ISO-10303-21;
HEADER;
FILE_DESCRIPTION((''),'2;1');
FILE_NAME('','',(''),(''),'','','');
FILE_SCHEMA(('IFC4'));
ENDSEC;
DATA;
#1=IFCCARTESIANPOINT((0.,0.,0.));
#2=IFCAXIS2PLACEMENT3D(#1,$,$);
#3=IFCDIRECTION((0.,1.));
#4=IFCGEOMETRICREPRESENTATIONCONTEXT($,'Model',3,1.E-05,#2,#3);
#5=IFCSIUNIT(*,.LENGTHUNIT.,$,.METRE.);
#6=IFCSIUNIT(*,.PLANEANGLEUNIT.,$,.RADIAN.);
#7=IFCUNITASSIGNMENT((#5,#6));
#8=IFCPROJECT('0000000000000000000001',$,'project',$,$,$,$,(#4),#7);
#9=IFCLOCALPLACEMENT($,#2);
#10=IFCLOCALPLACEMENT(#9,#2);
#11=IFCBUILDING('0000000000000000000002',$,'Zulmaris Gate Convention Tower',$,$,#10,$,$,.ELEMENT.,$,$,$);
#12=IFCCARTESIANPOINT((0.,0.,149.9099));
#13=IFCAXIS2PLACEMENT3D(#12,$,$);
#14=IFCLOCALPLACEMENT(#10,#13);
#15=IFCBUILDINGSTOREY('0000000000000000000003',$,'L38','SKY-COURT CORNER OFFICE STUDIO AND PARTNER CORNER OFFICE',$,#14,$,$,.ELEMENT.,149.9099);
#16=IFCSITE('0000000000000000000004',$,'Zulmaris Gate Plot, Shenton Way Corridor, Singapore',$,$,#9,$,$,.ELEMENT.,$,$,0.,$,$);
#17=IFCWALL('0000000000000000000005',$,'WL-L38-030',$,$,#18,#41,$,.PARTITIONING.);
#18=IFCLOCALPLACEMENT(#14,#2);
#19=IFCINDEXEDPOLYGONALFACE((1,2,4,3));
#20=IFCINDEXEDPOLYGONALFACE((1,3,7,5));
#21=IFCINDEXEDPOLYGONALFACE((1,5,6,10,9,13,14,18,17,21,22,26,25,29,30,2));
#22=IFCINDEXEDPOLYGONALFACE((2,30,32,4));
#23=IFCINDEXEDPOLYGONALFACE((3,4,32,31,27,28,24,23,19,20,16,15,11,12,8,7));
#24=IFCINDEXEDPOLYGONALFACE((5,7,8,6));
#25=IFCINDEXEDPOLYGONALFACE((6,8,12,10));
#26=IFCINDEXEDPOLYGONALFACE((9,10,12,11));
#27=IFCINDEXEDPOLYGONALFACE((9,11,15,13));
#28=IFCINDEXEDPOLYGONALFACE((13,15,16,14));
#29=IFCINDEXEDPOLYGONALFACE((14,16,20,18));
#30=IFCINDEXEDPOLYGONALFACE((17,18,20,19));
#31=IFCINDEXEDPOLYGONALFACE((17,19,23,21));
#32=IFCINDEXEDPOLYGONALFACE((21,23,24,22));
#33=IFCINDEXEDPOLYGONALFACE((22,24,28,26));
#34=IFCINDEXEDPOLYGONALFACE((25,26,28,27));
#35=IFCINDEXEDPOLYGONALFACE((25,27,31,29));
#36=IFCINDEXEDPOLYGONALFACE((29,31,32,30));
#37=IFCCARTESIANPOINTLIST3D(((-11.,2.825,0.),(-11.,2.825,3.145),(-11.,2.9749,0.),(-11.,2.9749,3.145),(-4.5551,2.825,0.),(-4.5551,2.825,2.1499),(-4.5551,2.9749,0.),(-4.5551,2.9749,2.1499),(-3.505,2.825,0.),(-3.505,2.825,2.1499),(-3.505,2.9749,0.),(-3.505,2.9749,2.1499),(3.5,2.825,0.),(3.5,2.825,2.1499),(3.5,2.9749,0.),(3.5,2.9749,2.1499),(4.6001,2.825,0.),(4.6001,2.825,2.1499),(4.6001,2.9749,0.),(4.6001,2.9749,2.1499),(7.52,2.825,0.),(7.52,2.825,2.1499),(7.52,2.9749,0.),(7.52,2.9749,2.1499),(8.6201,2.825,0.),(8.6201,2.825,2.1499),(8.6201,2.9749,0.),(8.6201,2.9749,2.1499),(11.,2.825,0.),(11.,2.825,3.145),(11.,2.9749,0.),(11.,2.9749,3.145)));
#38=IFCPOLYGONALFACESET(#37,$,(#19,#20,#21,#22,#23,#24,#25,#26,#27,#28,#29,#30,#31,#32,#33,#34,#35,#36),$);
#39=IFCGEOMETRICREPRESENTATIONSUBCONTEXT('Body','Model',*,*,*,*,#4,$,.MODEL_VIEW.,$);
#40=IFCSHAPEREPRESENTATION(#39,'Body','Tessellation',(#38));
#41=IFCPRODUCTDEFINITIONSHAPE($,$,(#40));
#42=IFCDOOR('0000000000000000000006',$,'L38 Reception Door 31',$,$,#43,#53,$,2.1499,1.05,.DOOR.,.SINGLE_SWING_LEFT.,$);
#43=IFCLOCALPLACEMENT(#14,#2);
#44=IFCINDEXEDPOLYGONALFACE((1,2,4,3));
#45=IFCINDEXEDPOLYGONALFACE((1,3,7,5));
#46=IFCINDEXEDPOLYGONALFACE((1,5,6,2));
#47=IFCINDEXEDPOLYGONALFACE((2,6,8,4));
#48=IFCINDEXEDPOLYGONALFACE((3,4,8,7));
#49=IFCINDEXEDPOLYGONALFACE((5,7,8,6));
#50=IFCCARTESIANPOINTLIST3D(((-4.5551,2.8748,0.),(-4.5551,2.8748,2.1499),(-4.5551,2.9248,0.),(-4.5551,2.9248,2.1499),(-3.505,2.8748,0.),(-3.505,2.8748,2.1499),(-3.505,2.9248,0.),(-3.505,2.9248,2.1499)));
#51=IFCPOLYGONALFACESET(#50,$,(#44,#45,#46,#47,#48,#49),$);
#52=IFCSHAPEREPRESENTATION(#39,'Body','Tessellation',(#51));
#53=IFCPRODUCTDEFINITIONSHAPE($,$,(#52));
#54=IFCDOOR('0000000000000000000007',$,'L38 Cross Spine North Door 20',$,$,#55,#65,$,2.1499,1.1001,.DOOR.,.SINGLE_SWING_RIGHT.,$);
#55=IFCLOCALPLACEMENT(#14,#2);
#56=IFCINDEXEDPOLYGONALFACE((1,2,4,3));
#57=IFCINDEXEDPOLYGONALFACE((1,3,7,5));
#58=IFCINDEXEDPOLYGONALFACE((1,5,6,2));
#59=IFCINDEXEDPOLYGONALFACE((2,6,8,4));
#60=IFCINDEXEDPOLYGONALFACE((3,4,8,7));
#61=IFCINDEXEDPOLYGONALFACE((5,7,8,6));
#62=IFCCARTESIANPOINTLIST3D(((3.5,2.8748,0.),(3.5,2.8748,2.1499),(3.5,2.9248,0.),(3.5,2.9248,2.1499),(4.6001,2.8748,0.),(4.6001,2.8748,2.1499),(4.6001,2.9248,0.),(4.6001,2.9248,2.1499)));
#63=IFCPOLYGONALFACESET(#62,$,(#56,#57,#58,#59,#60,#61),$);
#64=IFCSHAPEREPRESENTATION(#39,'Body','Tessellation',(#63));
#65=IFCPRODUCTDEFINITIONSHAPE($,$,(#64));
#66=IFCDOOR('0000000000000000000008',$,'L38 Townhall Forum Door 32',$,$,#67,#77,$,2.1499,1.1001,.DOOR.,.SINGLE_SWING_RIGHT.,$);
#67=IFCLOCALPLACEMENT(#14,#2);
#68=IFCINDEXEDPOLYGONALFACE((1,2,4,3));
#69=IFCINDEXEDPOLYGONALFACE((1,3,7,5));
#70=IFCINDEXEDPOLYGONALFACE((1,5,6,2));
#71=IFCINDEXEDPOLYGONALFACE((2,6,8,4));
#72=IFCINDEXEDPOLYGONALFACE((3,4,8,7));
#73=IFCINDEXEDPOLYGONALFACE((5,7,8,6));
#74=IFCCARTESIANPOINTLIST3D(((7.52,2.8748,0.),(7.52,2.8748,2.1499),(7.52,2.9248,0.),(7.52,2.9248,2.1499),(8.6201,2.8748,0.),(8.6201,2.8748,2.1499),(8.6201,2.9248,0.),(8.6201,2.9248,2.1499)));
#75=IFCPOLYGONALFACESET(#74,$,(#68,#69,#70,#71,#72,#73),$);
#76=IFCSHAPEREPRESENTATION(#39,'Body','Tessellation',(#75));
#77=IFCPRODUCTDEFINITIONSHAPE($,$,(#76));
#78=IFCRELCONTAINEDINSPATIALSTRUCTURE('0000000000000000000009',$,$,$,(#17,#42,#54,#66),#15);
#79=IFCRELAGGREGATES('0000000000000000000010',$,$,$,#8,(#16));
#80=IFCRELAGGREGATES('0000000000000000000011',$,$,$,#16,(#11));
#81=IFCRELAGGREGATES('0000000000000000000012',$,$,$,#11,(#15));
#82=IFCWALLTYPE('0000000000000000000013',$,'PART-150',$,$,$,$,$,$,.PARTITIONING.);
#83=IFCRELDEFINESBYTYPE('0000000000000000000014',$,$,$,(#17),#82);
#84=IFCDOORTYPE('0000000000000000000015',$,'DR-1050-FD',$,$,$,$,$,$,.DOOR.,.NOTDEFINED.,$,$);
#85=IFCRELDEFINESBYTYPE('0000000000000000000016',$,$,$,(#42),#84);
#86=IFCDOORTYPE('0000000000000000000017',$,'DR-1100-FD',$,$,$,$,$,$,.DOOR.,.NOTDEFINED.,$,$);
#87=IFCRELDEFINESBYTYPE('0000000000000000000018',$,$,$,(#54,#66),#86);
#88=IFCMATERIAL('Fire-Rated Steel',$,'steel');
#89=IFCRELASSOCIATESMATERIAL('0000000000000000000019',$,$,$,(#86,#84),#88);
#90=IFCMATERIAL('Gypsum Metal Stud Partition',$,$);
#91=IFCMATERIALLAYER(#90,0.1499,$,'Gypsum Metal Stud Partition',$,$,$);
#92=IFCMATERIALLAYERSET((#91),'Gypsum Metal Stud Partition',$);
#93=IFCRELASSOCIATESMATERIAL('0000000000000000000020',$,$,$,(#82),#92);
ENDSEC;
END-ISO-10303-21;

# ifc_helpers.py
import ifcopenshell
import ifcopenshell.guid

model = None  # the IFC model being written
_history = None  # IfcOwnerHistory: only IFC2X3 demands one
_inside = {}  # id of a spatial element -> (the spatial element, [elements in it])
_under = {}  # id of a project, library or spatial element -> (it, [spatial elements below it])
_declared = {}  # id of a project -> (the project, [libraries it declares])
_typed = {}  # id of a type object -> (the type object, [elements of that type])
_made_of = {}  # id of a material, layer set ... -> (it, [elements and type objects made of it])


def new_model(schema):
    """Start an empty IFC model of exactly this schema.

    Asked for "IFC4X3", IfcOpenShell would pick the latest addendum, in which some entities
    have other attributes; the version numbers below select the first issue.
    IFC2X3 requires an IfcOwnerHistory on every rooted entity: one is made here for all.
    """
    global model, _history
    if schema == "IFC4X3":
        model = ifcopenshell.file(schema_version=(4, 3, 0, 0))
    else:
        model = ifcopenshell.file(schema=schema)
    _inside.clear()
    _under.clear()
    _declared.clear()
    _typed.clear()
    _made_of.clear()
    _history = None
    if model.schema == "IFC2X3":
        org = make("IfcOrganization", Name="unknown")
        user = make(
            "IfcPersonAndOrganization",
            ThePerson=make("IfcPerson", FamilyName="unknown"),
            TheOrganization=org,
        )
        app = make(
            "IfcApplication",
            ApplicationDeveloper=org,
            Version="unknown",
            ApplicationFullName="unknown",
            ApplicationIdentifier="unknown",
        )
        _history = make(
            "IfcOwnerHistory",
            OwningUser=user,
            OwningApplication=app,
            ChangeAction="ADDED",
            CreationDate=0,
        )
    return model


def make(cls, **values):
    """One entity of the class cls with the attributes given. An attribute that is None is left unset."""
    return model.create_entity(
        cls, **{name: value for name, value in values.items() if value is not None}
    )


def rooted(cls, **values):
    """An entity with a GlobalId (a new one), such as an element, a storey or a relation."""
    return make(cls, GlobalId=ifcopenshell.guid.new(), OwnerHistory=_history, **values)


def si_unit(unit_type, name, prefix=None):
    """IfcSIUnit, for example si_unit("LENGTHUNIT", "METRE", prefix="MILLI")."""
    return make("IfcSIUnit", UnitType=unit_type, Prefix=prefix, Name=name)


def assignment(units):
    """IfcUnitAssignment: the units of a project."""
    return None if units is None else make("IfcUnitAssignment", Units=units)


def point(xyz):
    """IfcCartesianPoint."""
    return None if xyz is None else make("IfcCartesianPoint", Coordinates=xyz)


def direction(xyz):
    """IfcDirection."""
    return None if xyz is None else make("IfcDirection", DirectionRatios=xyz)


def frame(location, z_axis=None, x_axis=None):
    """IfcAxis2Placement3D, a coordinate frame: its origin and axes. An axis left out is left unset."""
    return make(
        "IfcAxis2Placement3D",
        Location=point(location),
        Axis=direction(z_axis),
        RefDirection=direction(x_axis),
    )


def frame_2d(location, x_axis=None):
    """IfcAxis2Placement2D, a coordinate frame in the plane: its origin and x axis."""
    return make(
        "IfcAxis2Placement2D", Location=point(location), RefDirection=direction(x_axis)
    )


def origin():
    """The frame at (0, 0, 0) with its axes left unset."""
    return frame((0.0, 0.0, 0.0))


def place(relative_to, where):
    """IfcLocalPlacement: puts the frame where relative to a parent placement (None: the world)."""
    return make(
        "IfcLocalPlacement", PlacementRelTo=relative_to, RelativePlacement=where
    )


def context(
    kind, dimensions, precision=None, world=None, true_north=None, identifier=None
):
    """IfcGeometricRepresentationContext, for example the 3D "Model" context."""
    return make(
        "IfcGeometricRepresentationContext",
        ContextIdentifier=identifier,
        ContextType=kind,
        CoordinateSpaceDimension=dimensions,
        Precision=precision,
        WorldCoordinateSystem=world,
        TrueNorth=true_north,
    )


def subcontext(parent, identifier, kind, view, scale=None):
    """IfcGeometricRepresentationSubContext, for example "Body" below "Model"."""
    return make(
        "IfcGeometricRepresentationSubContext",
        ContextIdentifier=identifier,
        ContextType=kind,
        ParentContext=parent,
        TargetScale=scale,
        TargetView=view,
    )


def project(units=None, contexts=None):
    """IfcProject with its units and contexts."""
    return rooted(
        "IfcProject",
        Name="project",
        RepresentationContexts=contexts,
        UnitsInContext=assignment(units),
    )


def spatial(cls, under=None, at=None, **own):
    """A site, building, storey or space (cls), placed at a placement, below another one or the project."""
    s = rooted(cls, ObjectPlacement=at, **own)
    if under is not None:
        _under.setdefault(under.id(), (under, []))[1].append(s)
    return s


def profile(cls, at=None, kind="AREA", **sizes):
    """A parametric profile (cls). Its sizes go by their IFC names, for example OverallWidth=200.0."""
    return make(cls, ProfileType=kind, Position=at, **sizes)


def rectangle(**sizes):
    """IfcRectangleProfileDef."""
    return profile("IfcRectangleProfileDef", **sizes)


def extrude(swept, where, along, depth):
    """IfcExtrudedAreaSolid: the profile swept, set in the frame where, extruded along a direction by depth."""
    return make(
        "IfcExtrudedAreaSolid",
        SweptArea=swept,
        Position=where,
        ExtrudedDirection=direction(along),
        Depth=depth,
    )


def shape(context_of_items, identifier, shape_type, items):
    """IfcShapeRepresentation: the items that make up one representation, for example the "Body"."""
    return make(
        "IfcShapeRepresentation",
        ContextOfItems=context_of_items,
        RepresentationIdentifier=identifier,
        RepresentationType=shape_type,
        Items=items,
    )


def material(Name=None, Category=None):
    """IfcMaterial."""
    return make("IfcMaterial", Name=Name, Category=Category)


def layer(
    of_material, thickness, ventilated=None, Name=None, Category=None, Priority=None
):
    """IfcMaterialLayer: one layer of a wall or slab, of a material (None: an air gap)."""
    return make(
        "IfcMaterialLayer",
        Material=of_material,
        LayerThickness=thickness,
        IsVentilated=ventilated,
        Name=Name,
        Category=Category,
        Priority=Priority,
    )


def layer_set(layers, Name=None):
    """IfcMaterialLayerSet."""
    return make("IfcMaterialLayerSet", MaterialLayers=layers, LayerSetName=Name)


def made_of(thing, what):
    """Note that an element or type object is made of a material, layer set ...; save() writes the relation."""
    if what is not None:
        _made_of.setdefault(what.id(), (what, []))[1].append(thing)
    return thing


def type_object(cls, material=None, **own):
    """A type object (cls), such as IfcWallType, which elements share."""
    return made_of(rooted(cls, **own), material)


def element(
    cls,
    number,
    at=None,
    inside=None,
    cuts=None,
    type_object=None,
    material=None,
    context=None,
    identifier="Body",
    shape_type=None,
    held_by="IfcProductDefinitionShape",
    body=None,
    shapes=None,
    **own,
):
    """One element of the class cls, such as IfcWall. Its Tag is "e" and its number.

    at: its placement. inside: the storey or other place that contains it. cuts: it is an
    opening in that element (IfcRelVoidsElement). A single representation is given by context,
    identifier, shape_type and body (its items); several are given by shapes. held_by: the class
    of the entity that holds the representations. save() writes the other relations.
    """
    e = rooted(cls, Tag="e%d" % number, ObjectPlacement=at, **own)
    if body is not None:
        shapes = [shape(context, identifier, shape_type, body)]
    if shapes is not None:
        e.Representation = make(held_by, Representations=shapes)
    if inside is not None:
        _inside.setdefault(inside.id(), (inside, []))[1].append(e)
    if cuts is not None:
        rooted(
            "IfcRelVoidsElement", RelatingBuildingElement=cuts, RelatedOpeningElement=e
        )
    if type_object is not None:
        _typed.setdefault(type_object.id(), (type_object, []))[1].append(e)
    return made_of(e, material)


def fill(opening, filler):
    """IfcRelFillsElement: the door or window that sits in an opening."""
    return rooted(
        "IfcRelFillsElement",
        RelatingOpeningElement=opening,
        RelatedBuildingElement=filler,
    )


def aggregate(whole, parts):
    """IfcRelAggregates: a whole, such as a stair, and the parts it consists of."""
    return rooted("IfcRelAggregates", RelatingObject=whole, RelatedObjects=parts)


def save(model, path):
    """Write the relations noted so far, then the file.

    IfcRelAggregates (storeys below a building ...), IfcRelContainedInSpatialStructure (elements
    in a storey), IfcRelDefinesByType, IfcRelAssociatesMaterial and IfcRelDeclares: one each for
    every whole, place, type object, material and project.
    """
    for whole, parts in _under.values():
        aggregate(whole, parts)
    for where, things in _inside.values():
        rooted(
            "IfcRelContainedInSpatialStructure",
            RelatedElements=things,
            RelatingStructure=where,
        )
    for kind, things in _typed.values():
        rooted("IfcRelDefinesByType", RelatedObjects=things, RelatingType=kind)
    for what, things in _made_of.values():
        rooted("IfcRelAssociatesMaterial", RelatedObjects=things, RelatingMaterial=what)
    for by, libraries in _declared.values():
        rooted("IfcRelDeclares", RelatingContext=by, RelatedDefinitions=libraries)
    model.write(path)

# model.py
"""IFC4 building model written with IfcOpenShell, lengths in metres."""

from ifc_helpers import new_model, si_unit, direction, frame, frame_2d, origin, place, context, subcontext, project, spatial, rectangle, extrude, material, layer, layer_set, type_object, element, fill, save


model = new_model("IFC4")

# Units and contexts
model_context = context("Model", 3, precision=1e-05, world=origin(), true_north=direction((0.0, 1.0)))
body_context = subcontext(model_context, "Body", "Model", "MODEL_VIEW")
ifc_project = project(units=[si_unit("LENGTHUNIT", "METRE"), si_unit("PLANEANGLEUNIT", "RADIAN")], contexts=[model_context])

# Site, building, storey
site_placement = place(None, origin())
site = spatial("IfcSite", under=ifc_project, at=site_placement, Name="Zulmaris Gate Plot, Shenton Way Corridor, Singapore", CompositionType="ELEMENT", RefElevation=0.0)
building_placement = place(site_placement, origin())
building = spatial("IfcBuilding", under=site, at=building_placement, Name="Zulmaris Gate Convention Tower", CompositionType="ELEMENT")
storey_placement = place(building_placement, frame((0.0, 0.0, 149.9099)))
storey = spatial("IfcBuildingStorey", under=building, at=storey_placement, Name="L38", Description="SKY-COURT CORNER OFFICE STUDIO AND PARTNER CORNER OFFICE", CompositionType="ELEMENT", Elevation=149.9099)

# Shared definitions
ifc_material_1 = material(Name="Fire-Rated Steel", Category="steel")
door_type_1 = type_object("IfcDoorType", Name="DR-1100-FD", OperationType="NOTDEFINED", PredefinedType="DOOR", material=ifc_material_1)

# Shared definitions
door_type_2 = type_object("IfcDoorType", Name="DR-1050-FD", OperationType="NOTDEFINED", PredefinedType="DOOR", material=ifc_material_1)

# Wall, openings, doors
ifc_material_2 = material(Name="Gypsum Metal Stud Partition")
ifc_layer_1 = layer(ifc_material_2, 0.1499, Name="Gypsum Metal Stud Partition")
ifc_layer_set_1 = layer_set([ifc_layer_1], Name="Gypsum Metal Stud Partition")
wall_type_1 = type_object("IfcWallType", Name="PART-150", PredefinedType="PARTITIONING", material=ifc_layer_set_1)
wall_1_placement = place(storey_placement, frame((-11.0, 2.8999, 0.0), z_axis=(0.0, 0.0, 1.0), x_axis=(1.0, 0.0, 0.0)))
wall_1 = element("IfcWall", 1, at=wall_1_placement, inside=storey, type_object=wall_type_1, Name="WL-L38-030", PredefinedType="PARTITIONING", context=body_context, shape_type="SweptSolid", body=[
    extrude(rectangle(XDim=22.0, YDim=0.1499, at=frame_2d((11.0, 0.0))), origin(), (0.0, 0.0, 1.0), 3.145),
])
opening_1_placement = place(wall_1_placement, frame((14.5, 0.0, 0.0)))
opening_1 = element("IfcOpeningElement", 2, at=opening_1_placement, cuts=wall_1, PredefinedType="OPENING", context=body_context, shape_type="SweptSolid", body=[
    extrude(rectangle(XDim=1.1001, YDim=2.1499, at=frame_2d((0.55, 1.075))), frame((0.0, 0.085, 0.0), z_axis=(0.0, -1.0, 0.0), x_axis=(1.0, 0.0, 0.0)), (0.0, 0.0, 1.0), 0.1699),
])
opening_2_placement = place(wall_1_placement, frame((6.4451, 0.0, 0.0)))
opening_2 = element("IfcOpeningElement", 3, at=opening_2_placement, cuts=wall_1, PredefinedType="OPENING", context=body_context, shape_type="SweptSolid", body=[
    extrude(rectangle(XDim=1.05, YDim=2.1499, at=frame_2d((0.5249, 1.075))), frame((0.0, 0.085, 0.0), z_axis=(0.0, -1.0, 0.0), x_axis=(1.0, 0.0, 0.0)), (0.0, 0.0, 1.0), 0.1699),
])
opening_3_placement = place(wall_1_placement, frame((18.52, 0.0, 0.0)))
opening_3 = element("IfcOpeningElement", 4, at=opening_3_placement, cuts=wall_1, PredefinedType="OPENING", context=body_context, shape_type="SweptSolid", body=[
    extrude(rectangle(XDim=1.1001, YDim=2.1499, at=frame_2d((0.55, 1.075))), frame((0.0, 0.085, 0.0), z_axis=(0.0, -1.0, 0.0), x_axis=(1.0, 0.0, 0.0)), (0.0, 0.0, 1.0), 0.1699),
])
door_1_placement = place(opening_2_placement, origin())
door_1 = element("IfcDoor", 5, at=door_1_placement, inside=storey, type_object=door_type_2, Name="L38 Reception Door 31", OperationType="SINGLE_SWING_LEFT", OverallHeight=2.1499, OverallWidth=1.05, PredefinedType="DOOR", context=body_context, shape_type="SweptSolid", body=[
    extrude(rectangle(XDim=1.05, YDim=2.1499, at=frame_2d((0.5249, 1.075))), frame((0.0, 0.0249, 0.0), z_axis=(0.0, -1.0, 0.0), x_axis=(1.0, 0.0, 0.0)), (0.0, 0.0, 1.0), 0.05),
])
fill(opening_2, door_1)
door_2_placement = place(opening_1_placement, origin())
door_2 = element("IfcDoor", 6, at=door_2_placement, inside=storey, type_object=door_type_1, Name="L38 Cross Spine North Door 20", OperationType="SINGLE_SWING_RIGHT", OverallHeight=2.1499, OverallWidth=1.1001, PredefinedType="DOOR", context=body_context, shape_type="SweptSolid", body=[
    extrude(rectangle(XDim=1.1001, YDim=2.1499, at=frame_2d((0.55, 1.075))), frame((0.0, 0.0249, 0.0), z_axis=(0.0, -1.0, 0.0), x_axis=(1.0, 0.0, 0.0)), (0.0, 0.0, 1.0), 0.05),
])
fill(opening_1, door_2)
door_3_placement = place(opening_3_placement, origin())
door_3 = element("IfcDoor", 7, at=door_3_placement, inside=storey, type_object=door_type_1, Name="L38 Townhall Forum Door 32", OperationType="SINGLE_SWING_RIGHT", OverallHeight=2.1499, OverallWidth=1.1001, PredefinedType="DOOR", context=body_context, shape_type="SweptSolid", body=[
    extrude(rectangle(XDim=1.1001, YDim=2.1499, at=frame_2d((0.55, 1.075))), frame((0.0, 0.0249, 0.0), z_axis=(0.0, -1.0, 0.0), x_axis=(1.0, 0.0, 0.0)), (0.0, 0.0, 1.0), 0.05),
])
fill(opening_3, door_3)

save(model, "model.ifc")
